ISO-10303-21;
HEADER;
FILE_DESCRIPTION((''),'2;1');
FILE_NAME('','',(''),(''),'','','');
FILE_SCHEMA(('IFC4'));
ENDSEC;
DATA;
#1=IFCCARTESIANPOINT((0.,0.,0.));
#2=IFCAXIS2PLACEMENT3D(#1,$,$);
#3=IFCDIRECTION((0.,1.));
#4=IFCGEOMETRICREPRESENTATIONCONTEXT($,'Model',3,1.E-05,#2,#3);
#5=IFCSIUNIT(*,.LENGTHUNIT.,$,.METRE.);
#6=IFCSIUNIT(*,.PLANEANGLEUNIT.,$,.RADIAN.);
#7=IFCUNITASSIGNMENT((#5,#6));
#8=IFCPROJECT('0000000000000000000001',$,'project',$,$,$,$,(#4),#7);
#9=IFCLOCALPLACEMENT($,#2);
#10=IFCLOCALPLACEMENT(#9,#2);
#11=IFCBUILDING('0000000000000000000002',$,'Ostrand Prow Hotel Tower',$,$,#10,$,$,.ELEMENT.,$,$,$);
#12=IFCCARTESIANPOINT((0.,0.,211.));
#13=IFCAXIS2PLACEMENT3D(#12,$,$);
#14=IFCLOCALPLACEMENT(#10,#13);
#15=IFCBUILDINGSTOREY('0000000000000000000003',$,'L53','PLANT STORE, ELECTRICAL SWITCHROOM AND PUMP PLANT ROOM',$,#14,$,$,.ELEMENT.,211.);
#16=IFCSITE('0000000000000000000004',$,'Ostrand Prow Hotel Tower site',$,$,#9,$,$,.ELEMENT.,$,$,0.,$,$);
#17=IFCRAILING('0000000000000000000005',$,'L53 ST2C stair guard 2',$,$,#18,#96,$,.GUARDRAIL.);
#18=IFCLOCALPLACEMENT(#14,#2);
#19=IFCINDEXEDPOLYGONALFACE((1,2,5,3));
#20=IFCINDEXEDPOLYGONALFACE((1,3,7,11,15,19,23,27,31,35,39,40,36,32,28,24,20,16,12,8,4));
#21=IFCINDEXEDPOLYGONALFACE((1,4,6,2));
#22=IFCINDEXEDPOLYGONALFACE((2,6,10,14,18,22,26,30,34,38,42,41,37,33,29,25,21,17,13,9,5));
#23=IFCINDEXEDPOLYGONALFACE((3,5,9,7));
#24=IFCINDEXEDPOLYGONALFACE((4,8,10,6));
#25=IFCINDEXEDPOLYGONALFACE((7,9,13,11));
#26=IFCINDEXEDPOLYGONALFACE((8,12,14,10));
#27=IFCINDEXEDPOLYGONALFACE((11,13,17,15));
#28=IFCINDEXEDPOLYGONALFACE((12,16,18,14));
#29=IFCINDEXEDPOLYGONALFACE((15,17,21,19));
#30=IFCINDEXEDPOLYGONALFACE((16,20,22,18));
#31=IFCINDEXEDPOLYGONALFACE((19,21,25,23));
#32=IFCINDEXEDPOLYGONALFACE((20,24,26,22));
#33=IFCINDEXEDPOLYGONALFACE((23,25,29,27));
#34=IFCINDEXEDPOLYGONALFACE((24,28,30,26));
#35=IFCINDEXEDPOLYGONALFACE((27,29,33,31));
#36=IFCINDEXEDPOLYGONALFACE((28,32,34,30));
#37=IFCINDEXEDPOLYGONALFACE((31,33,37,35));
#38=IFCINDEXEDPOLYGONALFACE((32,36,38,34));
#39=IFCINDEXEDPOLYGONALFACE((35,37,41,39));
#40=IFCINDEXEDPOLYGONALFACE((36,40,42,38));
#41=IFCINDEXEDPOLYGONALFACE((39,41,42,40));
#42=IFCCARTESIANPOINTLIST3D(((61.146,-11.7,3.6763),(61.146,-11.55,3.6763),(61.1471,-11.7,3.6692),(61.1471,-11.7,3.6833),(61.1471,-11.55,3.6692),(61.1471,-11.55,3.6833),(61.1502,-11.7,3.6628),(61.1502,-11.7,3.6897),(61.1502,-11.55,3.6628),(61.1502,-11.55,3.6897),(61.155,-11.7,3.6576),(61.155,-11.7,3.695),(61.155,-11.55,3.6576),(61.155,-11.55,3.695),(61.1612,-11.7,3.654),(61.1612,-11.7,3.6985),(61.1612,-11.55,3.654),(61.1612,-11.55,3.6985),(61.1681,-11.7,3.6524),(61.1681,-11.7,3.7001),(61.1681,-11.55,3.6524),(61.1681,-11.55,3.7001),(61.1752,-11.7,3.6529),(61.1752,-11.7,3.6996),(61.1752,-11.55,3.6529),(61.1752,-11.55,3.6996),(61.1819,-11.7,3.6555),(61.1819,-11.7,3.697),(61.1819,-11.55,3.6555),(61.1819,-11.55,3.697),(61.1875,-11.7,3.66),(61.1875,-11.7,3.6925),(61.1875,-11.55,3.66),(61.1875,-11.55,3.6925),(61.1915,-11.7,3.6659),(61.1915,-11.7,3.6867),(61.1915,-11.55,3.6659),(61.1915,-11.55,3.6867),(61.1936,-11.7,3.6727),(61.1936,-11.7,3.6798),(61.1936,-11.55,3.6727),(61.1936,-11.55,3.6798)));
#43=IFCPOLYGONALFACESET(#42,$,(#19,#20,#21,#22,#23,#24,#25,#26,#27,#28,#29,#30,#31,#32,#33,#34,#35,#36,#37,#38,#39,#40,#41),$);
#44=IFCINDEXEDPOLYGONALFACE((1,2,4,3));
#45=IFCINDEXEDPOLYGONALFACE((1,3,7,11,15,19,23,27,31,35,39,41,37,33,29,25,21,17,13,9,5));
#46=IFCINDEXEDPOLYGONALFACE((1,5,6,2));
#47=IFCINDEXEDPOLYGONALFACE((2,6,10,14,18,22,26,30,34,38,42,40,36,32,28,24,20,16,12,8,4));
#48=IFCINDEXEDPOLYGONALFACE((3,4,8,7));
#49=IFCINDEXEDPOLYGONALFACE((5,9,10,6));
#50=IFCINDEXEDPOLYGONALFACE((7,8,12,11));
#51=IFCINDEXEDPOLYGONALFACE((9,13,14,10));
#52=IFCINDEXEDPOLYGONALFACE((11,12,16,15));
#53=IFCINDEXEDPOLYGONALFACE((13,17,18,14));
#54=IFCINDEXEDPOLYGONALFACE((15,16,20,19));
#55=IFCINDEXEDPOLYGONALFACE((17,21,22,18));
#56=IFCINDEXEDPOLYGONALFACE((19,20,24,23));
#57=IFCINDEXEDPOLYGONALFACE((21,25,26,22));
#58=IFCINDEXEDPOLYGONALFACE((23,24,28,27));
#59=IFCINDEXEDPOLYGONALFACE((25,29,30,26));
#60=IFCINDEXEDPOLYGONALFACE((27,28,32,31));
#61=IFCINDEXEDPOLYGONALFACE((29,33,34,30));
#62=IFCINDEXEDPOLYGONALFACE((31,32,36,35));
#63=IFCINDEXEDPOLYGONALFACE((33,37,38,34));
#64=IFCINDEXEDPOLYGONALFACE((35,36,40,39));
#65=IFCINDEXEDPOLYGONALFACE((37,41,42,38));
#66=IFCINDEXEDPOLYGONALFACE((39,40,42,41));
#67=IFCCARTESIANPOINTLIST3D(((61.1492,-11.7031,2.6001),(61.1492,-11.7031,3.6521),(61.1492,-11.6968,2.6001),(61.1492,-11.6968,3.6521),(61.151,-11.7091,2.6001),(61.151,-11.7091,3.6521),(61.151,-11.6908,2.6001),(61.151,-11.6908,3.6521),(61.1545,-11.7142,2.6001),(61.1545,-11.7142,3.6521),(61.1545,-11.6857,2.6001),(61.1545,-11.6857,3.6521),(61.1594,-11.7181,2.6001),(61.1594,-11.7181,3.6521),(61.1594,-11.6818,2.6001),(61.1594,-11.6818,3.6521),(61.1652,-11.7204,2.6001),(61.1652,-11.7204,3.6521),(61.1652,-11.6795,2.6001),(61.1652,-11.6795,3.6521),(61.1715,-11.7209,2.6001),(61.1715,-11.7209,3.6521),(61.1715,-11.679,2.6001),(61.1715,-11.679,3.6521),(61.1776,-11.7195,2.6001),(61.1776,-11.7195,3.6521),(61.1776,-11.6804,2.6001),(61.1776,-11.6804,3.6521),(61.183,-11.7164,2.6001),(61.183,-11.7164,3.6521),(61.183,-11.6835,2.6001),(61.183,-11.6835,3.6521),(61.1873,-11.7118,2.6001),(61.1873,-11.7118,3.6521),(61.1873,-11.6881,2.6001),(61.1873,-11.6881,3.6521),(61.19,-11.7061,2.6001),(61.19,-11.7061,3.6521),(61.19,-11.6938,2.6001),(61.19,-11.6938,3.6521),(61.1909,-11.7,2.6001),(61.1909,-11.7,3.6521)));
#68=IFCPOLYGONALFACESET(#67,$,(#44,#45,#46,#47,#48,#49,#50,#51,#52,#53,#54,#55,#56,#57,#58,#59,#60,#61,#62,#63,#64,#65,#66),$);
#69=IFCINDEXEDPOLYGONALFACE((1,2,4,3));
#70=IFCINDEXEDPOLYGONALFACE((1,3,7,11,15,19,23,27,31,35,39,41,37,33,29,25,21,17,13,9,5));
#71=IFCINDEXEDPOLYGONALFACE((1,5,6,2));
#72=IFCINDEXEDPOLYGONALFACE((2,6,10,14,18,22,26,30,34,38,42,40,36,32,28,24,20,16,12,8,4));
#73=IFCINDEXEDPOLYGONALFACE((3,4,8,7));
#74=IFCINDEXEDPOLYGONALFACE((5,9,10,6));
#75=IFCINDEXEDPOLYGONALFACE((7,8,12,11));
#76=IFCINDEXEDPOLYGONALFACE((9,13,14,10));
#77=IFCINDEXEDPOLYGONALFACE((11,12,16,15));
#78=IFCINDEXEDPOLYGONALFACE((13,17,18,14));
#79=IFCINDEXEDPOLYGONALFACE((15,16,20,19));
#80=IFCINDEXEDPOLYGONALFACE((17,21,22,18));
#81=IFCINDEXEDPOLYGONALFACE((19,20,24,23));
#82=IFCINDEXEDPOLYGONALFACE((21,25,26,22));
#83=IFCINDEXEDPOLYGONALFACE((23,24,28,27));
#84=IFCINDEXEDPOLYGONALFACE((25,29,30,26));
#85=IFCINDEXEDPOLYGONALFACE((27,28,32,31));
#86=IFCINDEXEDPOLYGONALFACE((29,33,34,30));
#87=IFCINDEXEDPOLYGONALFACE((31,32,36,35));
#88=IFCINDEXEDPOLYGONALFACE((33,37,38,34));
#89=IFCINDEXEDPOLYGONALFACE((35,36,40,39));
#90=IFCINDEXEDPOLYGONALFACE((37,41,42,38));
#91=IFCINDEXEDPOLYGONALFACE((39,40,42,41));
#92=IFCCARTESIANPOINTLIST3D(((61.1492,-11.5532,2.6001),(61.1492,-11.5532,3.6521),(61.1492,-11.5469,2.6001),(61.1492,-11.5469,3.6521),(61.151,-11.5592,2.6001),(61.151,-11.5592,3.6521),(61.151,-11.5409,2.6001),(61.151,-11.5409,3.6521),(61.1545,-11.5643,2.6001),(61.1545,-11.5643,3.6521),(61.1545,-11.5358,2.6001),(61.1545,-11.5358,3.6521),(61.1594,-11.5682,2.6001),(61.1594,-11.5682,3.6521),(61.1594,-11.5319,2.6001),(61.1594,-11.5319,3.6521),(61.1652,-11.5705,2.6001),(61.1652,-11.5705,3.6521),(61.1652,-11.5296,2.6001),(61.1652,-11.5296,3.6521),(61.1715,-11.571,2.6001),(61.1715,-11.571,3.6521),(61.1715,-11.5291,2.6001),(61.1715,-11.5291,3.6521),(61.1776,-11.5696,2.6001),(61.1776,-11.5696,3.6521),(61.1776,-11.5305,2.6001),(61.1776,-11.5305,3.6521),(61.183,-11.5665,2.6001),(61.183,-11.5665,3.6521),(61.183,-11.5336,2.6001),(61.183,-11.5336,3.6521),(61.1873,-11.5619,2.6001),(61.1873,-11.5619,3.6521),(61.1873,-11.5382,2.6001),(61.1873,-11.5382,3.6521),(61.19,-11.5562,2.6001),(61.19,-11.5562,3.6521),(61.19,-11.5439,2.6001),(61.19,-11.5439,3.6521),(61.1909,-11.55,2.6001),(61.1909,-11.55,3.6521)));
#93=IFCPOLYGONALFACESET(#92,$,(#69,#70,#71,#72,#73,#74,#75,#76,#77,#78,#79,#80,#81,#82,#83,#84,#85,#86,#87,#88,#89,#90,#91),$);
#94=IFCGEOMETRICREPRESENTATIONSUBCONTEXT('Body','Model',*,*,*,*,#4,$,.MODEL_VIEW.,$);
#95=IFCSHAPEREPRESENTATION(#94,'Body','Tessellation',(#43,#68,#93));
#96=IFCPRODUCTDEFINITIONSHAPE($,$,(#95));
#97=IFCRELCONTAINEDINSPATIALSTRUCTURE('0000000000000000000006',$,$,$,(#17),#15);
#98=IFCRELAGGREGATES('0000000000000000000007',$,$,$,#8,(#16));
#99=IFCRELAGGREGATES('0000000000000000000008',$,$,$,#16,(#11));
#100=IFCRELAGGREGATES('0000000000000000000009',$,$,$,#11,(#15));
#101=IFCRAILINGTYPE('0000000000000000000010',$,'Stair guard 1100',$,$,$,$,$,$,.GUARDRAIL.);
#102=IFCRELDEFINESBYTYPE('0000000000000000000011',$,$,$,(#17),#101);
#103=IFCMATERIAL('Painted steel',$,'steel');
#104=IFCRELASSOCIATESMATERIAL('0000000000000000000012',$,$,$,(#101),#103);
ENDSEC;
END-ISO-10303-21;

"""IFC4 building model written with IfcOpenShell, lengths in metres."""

from ifc_helpers import new_model, si_unit, direction, frame, origin, origin_2d, place, context, subcontext, project, spatial, circle, extrude, material, type_object, element, save


model = new_model("IFC4")

# Units and contexts
model_context = context("Model", 3, precision=1e-05, world=origin(), true_north=direction((0.0, 1.0)))
body_context = subcontext(model_context, "Body", "Model", "MODEL_VIEW")
ifc_project = project(units=[si_unit("LENGTHUNIT", "METRE"), si_unit("PLANEANGLEUNIT", "RADIAN")], contexts=[model_context])

# Site, building, storey
site_placement = place(None, origin())
site = spatial("IfcSite", under=ifc_project, at=site_placement, Name="Ostrand Prow Hotel Tower site", CompositionType="ELEMENT", RefElevation=0.0)
building_placement = place(site_placement, origin())
building = spatial("IfcBuilding", under=site, at=building_placement, Name="Ostrand Prow Hotel Tower", CompositionType="ELEMENT")
storey_placement = place(building_placement, frame((0.0, 0.0, 211.0)))
storey = spatial("IfcBuildingStorey", under=building, at=storey_placement, Name="L53", Description="PLANT STORE, ELECTRICAL SWITCHROOM AND PUMP PLANT ROOM", CompositionType="ELEMENT", Elevation=211.0)

# Railing
ifc_material_1 = material(Name="Painted steel", Category="steel")
railing_type_1 = type_object("IfcRailingType", Name="Stair guard 1100", PredefinedType="GUARDRAIL", material=ifc_material_1)
railing_1_placement = place(storey_placement, frame((61.1699, -11.7, 2.6001)))
element("IfcRailing", 1, at=railing_1_placement, inside=storey, type_object=railing_type_1, Name="L53 ST2C stair guard 2", PredefinedType="GUARDRAIL", context=body_context, shape_type="SweptSolid", body=[
    extrude(circle(Radius=0.0239, at=origin_2d()), frame((0.0, 0.0, 1.0762), z_axis=(0.0, 1.0, 0.0), x_axis=(-1.0, 0.0, 0.0)), (0.0, 0.0, 1.0), 0.1499),
    extrude(circle(Radius=0.021, at=origin_2d()), origin(), (0.0, 0.0, 1.0), 1.052),
    extrude(circle(Radius=0.021, at=origin_2d()), frame((0.0, 0.1499, 0.0)), (0.0, 0.0, 1.0), 1.052),
])

save(model, "model.ifc")
